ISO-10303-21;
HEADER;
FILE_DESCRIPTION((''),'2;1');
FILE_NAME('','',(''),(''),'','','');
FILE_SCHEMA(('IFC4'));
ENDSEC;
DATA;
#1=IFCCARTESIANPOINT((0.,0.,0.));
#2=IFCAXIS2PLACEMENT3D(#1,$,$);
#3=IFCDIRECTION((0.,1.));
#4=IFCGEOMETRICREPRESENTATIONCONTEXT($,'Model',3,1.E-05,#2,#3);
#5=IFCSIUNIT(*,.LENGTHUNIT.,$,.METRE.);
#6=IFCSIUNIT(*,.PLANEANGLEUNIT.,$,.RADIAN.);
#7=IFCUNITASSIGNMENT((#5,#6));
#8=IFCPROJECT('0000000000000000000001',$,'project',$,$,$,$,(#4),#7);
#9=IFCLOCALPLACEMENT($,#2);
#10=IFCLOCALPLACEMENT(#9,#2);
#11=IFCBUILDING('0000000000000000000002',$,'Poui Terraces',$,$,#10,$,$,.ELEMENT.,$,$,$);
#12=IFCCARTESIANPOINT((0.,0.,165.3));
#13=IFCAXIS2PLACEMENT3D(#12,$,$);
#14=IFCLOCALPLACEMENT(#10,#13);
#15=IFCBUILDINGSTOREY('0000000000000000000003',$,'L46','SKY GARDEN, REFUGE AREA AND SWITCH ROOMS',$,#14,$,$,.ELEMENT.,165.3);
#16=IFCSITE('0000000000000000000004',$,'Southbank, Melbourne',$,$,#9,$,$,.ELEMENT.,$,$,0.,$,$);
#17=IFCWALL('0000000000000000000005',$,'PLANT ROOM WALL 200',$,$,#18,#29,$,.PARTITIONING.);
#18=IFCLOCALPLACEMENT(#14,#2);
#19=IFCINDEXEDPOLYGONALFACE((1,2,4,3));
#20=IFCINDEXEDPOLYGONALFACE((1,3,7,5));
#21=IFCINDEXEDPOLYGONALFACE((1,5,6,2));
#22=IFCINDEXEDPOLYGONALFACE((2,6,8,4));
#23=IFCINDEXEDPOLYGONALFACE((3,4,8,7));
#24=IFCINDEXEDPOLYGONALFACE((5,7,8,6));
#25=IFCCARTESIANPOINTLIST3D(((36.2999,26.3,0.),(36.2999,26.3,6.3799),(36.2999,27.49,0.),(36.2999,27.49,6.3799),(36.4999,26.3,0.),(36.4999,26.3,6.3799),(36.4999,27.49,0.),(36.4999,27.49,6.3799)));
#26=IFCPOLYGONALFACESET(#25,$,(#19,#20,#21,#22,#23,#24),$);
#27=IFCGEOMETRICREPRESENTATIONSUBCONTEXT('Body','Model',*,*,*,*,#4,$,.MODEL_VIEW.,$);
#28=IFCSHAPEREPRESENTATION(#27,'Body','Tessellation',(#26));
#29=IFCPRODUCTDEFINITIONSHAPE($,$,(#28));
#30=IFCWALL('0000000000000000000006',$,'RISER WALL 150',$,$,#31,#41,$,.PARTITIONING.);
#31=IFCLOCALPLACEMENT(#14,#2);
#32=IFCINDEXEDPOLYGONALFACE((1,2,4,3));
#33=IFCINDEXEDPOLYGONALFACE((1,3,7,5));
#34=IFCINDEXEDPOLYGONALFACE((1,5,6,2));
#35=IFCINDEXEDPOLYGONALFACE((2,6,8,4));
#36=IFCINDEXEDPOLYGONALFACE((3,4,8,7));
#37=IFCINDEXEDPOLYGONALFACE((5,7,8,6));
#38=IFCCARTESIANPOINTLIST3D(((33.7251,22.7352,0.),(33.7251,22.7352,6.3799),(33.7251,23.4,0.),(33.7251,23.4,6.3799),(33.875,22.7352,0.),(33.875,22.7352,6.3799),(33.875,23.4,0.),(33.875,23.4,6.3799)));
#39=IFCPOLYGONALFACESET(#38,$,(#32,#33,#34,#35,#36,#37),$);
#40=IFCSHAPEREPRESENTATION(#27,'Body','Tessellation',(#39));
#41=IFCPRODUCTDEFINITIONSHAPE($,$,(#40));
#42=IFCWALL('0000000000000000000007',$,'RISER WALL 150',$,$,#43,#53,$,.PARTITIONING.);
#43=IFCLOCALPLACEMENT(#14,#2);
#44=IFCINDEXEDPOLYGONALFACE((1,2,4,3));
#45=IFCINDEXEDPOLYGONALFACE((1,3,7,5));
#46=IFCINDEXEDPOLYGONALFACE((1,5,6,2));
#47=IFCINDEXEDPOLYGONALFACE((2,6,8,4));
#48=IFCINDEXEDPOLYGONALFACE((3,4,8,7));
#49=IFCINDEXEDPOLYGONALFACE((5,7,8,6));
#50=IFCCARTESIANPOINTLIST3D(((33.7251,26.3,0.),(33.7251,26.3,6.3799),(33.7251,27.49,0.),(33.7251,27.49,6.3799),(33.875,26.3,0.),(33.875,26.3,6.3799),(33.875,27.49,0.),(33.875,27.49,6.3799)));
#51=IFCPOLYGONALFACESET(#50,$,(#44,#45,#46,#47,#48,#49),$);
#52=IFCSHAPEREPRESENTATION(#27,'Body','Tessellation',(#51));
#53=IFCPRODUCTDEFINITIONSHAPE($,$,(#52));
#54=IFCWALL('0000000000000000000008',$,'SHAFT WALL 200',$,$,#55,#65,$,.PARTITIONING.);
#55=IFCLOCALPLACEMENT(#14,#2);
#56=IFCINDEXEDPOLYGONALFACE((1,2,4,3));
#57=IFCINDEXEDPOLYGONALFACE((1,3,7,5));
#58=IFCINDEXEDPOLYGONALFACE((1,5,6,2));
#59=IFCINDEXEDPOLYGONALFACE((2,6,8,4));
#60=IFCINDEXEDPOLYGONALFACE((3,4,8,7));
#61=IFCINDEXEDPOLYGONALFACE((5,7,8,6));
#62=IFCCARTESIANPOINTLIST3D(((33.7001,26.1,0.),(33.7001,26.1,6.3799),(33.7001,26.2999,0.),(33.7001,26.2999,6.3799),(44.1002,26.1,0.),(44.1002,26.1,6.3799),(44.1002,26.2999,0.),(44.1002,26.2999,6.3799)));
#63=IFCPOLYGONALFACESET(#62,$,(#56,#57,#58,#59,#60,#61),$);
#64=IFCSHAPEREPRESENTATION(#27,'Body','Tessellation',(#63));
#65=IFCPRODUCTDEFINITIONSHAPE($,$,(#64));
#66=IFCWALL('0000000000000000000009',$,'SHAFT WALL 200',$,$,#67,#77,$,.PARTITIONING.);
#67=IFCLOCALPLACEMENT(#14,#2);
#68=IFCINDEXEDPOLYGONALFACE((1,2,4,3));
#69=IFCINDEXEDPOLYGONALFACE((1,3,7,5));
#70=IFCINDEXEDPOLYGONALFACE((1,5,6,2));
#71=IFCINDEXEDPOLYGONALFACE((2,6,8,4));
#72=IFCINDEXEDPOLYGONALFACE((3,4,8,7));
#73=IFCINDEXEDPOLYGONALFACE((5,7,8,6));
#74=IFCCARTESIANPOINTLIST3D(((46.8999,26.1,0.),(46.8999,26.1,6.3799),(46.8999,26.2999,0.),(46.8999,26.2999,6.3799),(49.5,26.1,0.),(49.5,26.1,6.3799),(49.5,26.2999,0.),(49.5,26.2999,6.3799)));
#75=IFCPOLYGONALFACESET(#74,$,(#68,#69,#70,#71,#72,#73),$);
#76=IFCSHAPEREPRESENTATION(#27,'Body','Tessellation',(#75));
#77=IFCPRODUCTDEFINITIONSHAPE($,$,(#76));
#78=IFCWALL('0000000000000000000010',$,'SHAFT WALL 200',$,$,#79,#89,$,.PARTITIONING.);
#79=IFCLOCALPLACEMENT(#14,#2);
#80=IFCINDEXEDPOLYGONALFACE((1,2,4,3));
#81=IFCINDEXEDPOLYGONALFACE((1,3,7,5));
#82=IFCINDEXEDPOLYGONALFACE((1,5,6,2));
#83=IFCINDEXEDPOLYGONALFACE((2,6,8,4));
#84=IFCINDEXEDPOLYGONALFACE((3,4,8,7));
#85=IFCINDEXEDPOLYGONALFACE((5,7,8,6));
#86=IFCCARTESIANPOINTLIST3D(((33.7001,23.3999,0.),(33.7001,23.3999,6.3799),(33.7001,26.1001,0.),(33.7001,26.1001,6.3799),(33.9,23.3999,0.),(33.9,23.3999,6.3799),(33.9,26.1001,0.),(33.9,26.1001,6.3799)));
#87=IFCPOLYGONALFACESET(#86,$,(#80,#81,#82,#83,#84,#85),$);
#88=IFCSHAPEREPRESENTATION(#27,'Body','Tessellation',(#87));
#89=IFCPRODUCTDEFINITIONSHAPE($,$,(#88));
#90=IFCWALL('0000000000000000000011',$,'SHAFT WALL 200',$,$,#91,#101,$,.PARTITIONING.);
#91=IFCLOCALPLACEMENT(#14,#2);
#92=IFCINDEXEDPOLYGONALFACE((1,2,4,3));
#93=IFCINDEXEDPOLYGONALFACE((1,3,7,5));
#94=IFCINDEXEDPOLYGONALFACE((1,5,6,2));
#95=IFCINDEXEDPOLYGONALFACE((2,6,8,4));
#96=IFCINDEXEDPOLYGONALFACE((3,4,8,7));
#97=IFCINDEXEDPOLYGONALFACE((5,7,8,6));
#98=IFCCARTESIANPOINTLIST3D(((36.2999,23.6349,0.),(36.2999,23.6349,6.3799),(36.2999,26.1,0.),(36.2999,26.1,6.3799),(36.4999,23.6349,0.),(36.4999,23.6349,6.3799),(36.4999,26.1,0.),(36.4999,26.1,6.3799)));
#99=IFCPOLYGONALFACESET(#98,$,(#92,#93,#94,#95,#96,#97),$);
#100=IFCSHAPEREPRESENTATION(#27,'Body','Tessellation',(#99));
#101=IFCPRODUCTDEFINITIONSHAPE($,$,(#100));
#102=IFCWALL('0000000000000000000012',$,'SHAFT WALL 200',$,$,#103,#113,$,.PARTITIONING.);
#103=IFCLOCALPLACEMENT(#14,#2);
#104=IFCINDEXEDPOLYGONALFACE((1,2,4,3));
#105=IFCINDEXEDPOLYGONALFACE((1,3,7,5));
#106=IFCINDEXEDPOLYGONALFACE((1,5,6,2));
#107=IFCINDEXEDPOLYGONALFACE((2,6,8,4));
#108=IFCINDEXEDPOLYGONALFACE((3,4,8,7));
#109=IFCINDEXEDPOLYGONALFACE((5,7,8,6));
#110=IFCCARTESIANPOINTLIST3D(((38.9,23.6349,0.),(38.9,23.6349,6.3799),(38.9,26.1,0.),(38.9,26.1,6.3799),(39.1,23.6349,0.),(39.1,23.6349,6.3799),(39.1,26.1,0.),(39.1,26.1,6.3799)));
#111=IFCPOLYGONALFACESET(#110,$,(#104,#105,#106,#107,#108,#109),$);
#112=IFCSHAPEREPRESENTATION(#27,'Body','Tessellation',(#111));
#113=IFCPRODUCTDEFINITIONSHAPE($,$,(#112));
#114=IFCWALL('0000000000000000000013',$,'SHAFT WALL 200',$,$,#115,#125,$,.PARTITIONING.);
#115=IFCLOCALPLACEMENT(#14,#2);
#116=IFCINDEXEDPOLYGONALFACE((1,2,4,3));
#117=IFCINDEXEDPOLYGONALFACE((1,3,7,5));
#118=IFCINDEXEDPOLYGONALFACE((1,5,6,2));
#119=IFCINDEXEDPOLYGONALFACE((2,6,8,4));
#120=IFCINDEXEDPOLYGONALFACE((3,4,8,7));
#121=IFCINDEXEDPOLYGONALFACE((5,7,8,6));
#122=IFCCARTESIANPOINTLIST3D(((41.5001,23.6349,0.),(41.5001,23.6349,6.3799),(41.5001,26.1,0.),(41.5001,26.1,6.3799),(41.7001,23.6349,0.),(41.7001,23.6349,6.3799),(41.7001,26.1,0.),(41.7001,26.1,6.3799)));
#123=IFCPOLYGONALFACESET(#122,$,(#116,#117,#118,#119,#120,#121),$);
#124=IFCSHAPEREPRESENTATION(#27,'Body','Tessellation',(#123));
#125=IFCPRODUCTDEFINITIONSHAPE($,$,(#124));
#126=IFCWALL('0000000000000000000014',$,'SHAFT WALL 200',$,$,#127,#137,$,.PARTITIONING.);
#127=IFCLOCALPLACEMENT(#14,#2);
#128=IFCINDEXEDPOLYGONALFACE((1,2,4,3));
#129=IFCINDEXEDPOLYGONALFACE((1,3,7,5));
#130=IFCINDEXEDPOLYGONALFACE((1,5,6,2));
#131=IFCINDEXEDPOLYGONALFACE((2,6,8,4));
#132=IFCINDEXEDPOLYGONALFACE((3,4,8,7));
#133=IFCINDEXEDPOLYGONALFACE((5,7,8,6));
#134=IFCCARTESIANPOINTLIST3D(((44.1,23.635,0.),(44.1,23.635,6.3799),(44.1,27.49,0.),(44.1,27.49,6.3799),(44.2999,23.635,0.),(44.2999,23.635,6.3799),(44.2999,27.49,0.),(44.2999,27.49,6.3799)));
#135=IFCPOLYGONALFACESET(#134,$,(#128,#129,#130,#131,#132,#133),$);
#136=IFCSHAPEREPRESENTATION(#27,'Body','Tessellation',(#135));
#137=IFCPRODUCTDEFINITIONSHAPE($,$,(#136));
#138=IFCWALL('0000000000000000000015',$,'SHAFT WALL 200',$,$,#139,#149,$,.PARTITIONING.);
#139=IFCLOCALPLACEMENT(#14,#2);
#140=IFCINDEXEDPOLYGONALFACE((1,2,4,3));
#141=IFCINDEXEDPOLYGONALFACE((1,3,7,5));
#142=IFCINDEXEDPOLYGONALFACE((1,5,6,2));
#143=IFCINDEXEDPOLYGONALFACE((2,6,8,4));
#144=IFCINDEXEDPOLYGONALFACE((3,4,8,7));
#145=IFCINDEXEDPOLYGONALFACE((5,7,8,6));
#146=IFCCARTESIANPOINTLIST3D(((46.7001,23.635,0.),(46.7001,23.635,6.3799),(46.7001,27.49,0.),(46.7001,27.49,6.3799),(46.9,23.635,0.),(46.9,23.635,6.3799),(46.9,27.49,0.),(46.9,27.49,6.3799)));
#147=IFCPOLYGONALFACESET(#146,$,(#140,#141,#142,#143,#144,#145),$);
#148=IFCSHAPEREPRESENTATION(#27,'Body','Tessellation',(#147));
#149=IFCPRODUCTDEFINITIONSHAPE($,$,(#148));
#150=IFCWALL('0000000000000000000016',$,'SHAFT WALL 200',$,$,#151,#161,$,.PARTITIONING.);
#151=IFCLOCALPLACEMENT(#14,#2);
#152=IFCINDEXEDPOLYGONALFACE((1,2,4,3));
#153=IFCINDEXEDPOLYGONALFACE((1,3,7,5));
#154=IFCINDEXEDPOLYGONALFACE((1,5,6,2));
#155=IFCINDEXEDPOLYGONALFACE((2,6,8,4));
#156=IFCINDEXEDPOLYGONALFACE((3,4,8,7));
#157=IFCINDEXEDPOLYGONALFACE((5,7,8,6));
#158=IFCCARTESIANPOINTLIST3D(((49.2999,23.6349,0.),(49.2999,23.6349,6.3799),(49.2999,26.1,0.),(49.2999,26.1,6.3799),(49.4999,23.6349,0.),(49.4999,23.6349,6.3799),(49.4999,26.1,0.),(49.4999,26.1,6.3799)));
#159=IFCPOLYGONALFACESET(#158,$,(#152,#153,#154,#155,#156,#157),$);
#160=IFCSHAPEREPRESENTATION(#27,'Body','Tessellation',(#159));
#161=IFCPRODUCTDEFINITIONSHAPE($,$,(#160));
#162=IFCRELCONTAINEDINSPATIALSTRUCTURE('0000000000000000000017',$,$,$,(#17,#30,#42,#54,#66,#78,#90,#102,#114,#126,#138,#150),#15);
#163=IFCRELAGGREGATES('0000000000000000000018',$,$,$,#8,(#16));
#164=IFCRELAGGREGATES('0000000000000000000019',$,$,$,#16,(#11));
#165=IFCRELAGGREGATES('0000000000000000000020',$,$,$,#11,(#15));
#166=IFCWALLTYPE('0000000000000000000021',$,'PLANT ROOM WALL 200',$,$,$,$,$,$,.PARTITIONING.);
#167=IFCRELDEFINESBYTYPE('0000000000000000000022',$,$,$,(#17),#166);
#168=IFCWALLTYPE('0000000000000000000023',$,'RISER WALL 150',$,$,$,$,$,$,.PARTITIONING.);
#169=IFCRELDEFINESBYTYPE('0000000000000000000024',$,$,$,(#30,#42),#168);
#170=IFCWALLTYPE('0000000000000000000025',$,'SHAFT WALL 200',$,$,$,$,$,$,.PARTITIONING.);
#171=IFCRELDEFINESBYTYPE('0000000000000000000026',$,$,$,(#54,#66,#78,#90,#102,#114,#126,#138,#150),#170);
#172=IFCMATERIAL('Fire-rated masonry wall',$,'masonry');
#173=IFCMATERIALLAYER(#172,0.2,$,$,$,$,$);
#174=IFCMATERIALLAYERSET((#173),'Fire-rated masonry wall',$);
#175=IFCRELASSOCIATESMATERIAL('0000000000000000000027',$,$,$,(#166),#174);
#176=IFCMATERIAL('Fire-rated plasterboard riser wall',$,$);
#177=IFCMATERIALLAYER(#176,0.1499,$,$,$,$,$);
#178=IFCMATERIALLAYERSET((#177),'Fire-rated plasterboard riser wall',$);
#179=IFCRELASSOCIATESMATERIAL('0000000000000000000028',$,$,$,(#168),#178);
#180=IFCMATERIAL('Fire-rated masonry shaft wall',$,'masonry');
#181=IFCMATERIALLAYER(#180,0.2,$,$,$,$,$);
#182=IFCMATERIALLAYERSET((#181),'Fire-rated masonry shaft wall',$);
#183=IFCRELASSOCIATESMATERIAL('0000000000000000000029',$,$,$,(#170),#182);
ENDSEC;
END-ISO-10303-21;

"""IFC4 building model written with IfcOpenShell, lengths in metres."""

from ifc_helpers import new_model, si_unit, direction, frame, frame_2d, origin, place, context, subcontext, project, spatial, rectangle, extrude, material, layer, layer_set, type_object, element, save


model = new_model("IFC4")

# Units and contexts
model_context = context("Model", 3, precision=1e-05, world=origin(), true_north=direction((0.0, 1.0)))
body_context = subcontext(model_context, "Body", "Model", "MODEL_VIEW")
ifc_project = project(units=[si_unit("LENGTHUNIT", "METRE"), si_unit("PLANEANGLEUNIT", "RADIAN")], contexts=[model_context])

# Site, building, storey
site_placement = place(None, origin())
site = spatial("IfcSite", under=ifc_project, at=site_placement, Name="Southbank, Melbourne", CompositionType="ELEMENT", RefElevation=0.0)
building_placement = place(site_placement, origin())
building = spatial("IfcBuilding", under=site, at=building_placement, Name="Poui Terraces", CompositionType="ELEMENT")
storey_placement = place(building_placement, frame((0.0, 0.0, 165.3)))
storey = spatial("IfcBuildingStorey", under=building, at=storey_placement, Name="L46", Description="SKY GARDEN, REFUGE AREA AND SWITCH ROOMS", CompositionType="ELEMENT", Elevation=165.3)

# Walls
ifc_material_1 = material(Name="Fire-rated masonry wall", Category="masonry")
ifc_layer_1 = layer(ifc_material_1, 0.2)
ifc_layer_set_1 = layer_set([ifc_layer_1], Name="Fire-rated masonry wall")
wall_type_1 = type_object("IfcWallType", Name="PLANT ROOM WALL 200", PredefinedType="PARTITIONING", material=ifc_layer_set_1)
wall_1_placement = place(storey_placement, frame((36.3999, 26.3, 0.0), z_axis=(0.0, 0.0, 1.0), x_axis=(0.0, 1.0, 0.0)))
element("IfcWall", 1, at=wall_1_placement, inside=storey, type_object=wall_type_1, Name="PLANT ROOM WALL 200", PredefinedType="PARTITIONING", context=body_context, shape_type="SweptSolid", body=[
    extrude(rectangle(XDim=1.1899, YDim=0.2, at=frame_2d((0.595, 0.0))), origin(), (0.0, 0.0, 1.0), 6.3799),
])
ifc_material_2 = material(Name="Fire-rated plasterboard riser wall")
ifc_layer_2 = layer(ifc_material_2, 0.1499)
ifc_layer_set_2 = layer_set([ifc_layer_2], Name="Fire-rated plasterboard riser wall")
wall_type_2 = type_object("IfcWallType", Name="RISER WALL 150", PredefinedType="PARTITIONING", material=ifc_layer_set_2)
wall_2_placement = place(storey_placement, frame((33.8, 22.7351, 0.0), z_axis=(0.0, 0.0, 1.0), x_axis=(0.0, 1.0, 0.0)))
element("IfcWall", 2, at=wall_2_placement, inside=storey, type_object=wall_type_2, Name="RISER WALL 150", PredefinedType="PARTITIONING", context=body_context, shape_type="SweptSolid", body=[
    extrude(rectangle(XDim=0.6648, YDim=0.1499, at=frame_2d((0.3325, 0.0))), origin(), (0.0, 0.0, 1.0), 6.3799),
])
wall_3_placement = place(storey_placement, frame((33.8, 26.3, 0.0), z_axis=(0.0, 0.0, 1.0), x_axis=(0.0, 1.0, 0.0)))
element("IfcWall", 3, at=wall_3_placement, inside=storey, type_object=wall_type_2, Name="RISER WALL 150", PredefinedType="PARTITIONING", context=body_context, shape_type="SweptSolid", body=[
    extrude(rectangle(XDim=1.1899, YDim=0.1499, at=frame_2d((0.595, 0.0))), origin(), (0.0, 0.0, 1.0), 6.3799),
])
ifc_material_3 = material(Name="Fire-rated masonry shaft wall", Category="masonry")
ifc_layer_3 = layer(ifc_material_3, 0.2)
ifc_layer_set_3 = layer_set([ifc_layer_3], Name="Fire-rated masonry shaft wall")
wall_type_3 = type_object("IfcWallType", Name="SHAFT WALL 200", PredefinedType="PARTITIONING", material=ifc_layer_set_3)
wall_4_placement = place(storey_placement, frame((33.7, 26.2, 0.0), z_axis=(0.0, 0.0, 1.0), x_axis=(1.0, 0.0, 0.0)))
element("IfcWall", 4, at=wall_4_placement, inside=storey, type_object=wall_type_3, Name="SHAFT WALL 200", PredefinedType="PARTITIONING", context=body_context, shape_type="SweptSolid", body=[
    extrude(rectangle(XDim=10.4001, YDim=0.2, at=frame_2d((5.2002, 0.0))), origin(), (0.0, 0.0, 1.0), 6.3799),
])
wall_5_placement = place(storey_placement, frame((46.8999, 26.2, 0.0), z_axis=(0.0, 0.0, 1.0), x_axis=(1.0, 0.0, 0.0)))
element("IfcWall", 5, at=wall_5_placement, inside=storey, type_object=wall_type_3, Name="SHAFT WALL 200", PredefinedType="PARTITIONING", context=body_context, shape_type="SweptSolid", body=[
    extrude(rectangle(XDim=2.6001, YDim=0.2, at=frame_2d((1.3, 0.0))), origin(), (0.0, 0.0, 1.0), 6.3799),
])
wall_6_placement = place(storey_placement, frame((33.8, 23.3999, 0.0), z_axis=(0.0, 0.0, 1.0), x_axis=(0.0, 1.0, 0.0)))
element("IfcWall", 6, at=wall_6_placement, inside=storey, type_object=wall_type_3, Name="SHAFT WALL 200", PredefinedType="PARTITIONING", context=body_context, shape_type="SweptSolid", body=[
    extrude(rectangle(XDim=2.7002, YDim=0.2, at=frame_2d((1.3501, 0.0))), origin(), (0.0, 0.0, 1.0), 6.3799),
])
for number, where, z_axis, x_axis, name in (
    (7, (36.3999, 23.635, 0.0), (0.0, 0.0, 1.0), (0.0, 1.0, 0.0), "SHAFT WALL 200"),
    (8, (39.0, 23.635, 0.0), (0.0, 0.0, 1.0), (0.0, 1.0, 0.0), "SHAFT WALL 200"),
    (9, (41.6001, 23.635, 0.0), (0.0, 0.0, 1.0), (0.0, 1.0, 0.0), "SHAFT WALL 200"),
):
    element("IfcWall", number, at=place(storey_placement, frame(where, z_axis=z_axis, x_axis=x_axis)), inside=storey, type_object=wall_type_3, Name=name, PredefinedType="PARTITIONING", context=body_context, shape_type="SweptSolid", body=[
        extrude(rectangle(XDim=2.4651, YDim=0.2, at=frame_2d((1.2324, 0.0))), origin(), (0.0, 0.0, 1.0), 6.3799),
    ])
for number, where, z_axis, x_axis, name in (
    (10, (44.2, 23.635, 0.0), (0.0, 0.0, 1.0), (0.0, 1.0, 0.0), "SHAFT WALL 200"),
    (11, (46.8, 23.635, 0.0), (0.0, 0.0, 1.0), (0.0, 1.0, 0.0), "SHAFT WALL 200"),
):
    element("IfcWall", number, at=place(storey_placement, frame(where, z_axis=z_axis, x_axis=x_axis)), inside=storey, type_object=wall_type_3, Name=name, PredefinedType="PARTITIONING", context=body_context, shape_type="SweptSolid", body=[
        extrude(rectangle(XDim=3.855, YDim=0.2, at=frame_2d((1.9275, 0.0))), origin(), (0.0, 0.0, 1.0), 6.3799),
    ])
wall_7_placement = place(storey_placement, frame((49.3999, 23.635, 0.0), z_axis=(0.0, 0.0, 1.0), x_axis=(0.0, 1.0, 0.0)))
element("IfcWall", 12, at=wall_7_placement, inside=storey, type_object=wall_type_3, Name="SHAFT WALL 200", PredefinedType="PARTITIONING", context=body_context, shape_type="SweptSolid", body=[
    extrude(rectangle(XDim=2.4651, YDim=0.2, at=frame_2d((1.2324, 0.0))), origin(), (0.0, 0.0, 1.0), 6.3799),
])

save(model, "model.ifc")
